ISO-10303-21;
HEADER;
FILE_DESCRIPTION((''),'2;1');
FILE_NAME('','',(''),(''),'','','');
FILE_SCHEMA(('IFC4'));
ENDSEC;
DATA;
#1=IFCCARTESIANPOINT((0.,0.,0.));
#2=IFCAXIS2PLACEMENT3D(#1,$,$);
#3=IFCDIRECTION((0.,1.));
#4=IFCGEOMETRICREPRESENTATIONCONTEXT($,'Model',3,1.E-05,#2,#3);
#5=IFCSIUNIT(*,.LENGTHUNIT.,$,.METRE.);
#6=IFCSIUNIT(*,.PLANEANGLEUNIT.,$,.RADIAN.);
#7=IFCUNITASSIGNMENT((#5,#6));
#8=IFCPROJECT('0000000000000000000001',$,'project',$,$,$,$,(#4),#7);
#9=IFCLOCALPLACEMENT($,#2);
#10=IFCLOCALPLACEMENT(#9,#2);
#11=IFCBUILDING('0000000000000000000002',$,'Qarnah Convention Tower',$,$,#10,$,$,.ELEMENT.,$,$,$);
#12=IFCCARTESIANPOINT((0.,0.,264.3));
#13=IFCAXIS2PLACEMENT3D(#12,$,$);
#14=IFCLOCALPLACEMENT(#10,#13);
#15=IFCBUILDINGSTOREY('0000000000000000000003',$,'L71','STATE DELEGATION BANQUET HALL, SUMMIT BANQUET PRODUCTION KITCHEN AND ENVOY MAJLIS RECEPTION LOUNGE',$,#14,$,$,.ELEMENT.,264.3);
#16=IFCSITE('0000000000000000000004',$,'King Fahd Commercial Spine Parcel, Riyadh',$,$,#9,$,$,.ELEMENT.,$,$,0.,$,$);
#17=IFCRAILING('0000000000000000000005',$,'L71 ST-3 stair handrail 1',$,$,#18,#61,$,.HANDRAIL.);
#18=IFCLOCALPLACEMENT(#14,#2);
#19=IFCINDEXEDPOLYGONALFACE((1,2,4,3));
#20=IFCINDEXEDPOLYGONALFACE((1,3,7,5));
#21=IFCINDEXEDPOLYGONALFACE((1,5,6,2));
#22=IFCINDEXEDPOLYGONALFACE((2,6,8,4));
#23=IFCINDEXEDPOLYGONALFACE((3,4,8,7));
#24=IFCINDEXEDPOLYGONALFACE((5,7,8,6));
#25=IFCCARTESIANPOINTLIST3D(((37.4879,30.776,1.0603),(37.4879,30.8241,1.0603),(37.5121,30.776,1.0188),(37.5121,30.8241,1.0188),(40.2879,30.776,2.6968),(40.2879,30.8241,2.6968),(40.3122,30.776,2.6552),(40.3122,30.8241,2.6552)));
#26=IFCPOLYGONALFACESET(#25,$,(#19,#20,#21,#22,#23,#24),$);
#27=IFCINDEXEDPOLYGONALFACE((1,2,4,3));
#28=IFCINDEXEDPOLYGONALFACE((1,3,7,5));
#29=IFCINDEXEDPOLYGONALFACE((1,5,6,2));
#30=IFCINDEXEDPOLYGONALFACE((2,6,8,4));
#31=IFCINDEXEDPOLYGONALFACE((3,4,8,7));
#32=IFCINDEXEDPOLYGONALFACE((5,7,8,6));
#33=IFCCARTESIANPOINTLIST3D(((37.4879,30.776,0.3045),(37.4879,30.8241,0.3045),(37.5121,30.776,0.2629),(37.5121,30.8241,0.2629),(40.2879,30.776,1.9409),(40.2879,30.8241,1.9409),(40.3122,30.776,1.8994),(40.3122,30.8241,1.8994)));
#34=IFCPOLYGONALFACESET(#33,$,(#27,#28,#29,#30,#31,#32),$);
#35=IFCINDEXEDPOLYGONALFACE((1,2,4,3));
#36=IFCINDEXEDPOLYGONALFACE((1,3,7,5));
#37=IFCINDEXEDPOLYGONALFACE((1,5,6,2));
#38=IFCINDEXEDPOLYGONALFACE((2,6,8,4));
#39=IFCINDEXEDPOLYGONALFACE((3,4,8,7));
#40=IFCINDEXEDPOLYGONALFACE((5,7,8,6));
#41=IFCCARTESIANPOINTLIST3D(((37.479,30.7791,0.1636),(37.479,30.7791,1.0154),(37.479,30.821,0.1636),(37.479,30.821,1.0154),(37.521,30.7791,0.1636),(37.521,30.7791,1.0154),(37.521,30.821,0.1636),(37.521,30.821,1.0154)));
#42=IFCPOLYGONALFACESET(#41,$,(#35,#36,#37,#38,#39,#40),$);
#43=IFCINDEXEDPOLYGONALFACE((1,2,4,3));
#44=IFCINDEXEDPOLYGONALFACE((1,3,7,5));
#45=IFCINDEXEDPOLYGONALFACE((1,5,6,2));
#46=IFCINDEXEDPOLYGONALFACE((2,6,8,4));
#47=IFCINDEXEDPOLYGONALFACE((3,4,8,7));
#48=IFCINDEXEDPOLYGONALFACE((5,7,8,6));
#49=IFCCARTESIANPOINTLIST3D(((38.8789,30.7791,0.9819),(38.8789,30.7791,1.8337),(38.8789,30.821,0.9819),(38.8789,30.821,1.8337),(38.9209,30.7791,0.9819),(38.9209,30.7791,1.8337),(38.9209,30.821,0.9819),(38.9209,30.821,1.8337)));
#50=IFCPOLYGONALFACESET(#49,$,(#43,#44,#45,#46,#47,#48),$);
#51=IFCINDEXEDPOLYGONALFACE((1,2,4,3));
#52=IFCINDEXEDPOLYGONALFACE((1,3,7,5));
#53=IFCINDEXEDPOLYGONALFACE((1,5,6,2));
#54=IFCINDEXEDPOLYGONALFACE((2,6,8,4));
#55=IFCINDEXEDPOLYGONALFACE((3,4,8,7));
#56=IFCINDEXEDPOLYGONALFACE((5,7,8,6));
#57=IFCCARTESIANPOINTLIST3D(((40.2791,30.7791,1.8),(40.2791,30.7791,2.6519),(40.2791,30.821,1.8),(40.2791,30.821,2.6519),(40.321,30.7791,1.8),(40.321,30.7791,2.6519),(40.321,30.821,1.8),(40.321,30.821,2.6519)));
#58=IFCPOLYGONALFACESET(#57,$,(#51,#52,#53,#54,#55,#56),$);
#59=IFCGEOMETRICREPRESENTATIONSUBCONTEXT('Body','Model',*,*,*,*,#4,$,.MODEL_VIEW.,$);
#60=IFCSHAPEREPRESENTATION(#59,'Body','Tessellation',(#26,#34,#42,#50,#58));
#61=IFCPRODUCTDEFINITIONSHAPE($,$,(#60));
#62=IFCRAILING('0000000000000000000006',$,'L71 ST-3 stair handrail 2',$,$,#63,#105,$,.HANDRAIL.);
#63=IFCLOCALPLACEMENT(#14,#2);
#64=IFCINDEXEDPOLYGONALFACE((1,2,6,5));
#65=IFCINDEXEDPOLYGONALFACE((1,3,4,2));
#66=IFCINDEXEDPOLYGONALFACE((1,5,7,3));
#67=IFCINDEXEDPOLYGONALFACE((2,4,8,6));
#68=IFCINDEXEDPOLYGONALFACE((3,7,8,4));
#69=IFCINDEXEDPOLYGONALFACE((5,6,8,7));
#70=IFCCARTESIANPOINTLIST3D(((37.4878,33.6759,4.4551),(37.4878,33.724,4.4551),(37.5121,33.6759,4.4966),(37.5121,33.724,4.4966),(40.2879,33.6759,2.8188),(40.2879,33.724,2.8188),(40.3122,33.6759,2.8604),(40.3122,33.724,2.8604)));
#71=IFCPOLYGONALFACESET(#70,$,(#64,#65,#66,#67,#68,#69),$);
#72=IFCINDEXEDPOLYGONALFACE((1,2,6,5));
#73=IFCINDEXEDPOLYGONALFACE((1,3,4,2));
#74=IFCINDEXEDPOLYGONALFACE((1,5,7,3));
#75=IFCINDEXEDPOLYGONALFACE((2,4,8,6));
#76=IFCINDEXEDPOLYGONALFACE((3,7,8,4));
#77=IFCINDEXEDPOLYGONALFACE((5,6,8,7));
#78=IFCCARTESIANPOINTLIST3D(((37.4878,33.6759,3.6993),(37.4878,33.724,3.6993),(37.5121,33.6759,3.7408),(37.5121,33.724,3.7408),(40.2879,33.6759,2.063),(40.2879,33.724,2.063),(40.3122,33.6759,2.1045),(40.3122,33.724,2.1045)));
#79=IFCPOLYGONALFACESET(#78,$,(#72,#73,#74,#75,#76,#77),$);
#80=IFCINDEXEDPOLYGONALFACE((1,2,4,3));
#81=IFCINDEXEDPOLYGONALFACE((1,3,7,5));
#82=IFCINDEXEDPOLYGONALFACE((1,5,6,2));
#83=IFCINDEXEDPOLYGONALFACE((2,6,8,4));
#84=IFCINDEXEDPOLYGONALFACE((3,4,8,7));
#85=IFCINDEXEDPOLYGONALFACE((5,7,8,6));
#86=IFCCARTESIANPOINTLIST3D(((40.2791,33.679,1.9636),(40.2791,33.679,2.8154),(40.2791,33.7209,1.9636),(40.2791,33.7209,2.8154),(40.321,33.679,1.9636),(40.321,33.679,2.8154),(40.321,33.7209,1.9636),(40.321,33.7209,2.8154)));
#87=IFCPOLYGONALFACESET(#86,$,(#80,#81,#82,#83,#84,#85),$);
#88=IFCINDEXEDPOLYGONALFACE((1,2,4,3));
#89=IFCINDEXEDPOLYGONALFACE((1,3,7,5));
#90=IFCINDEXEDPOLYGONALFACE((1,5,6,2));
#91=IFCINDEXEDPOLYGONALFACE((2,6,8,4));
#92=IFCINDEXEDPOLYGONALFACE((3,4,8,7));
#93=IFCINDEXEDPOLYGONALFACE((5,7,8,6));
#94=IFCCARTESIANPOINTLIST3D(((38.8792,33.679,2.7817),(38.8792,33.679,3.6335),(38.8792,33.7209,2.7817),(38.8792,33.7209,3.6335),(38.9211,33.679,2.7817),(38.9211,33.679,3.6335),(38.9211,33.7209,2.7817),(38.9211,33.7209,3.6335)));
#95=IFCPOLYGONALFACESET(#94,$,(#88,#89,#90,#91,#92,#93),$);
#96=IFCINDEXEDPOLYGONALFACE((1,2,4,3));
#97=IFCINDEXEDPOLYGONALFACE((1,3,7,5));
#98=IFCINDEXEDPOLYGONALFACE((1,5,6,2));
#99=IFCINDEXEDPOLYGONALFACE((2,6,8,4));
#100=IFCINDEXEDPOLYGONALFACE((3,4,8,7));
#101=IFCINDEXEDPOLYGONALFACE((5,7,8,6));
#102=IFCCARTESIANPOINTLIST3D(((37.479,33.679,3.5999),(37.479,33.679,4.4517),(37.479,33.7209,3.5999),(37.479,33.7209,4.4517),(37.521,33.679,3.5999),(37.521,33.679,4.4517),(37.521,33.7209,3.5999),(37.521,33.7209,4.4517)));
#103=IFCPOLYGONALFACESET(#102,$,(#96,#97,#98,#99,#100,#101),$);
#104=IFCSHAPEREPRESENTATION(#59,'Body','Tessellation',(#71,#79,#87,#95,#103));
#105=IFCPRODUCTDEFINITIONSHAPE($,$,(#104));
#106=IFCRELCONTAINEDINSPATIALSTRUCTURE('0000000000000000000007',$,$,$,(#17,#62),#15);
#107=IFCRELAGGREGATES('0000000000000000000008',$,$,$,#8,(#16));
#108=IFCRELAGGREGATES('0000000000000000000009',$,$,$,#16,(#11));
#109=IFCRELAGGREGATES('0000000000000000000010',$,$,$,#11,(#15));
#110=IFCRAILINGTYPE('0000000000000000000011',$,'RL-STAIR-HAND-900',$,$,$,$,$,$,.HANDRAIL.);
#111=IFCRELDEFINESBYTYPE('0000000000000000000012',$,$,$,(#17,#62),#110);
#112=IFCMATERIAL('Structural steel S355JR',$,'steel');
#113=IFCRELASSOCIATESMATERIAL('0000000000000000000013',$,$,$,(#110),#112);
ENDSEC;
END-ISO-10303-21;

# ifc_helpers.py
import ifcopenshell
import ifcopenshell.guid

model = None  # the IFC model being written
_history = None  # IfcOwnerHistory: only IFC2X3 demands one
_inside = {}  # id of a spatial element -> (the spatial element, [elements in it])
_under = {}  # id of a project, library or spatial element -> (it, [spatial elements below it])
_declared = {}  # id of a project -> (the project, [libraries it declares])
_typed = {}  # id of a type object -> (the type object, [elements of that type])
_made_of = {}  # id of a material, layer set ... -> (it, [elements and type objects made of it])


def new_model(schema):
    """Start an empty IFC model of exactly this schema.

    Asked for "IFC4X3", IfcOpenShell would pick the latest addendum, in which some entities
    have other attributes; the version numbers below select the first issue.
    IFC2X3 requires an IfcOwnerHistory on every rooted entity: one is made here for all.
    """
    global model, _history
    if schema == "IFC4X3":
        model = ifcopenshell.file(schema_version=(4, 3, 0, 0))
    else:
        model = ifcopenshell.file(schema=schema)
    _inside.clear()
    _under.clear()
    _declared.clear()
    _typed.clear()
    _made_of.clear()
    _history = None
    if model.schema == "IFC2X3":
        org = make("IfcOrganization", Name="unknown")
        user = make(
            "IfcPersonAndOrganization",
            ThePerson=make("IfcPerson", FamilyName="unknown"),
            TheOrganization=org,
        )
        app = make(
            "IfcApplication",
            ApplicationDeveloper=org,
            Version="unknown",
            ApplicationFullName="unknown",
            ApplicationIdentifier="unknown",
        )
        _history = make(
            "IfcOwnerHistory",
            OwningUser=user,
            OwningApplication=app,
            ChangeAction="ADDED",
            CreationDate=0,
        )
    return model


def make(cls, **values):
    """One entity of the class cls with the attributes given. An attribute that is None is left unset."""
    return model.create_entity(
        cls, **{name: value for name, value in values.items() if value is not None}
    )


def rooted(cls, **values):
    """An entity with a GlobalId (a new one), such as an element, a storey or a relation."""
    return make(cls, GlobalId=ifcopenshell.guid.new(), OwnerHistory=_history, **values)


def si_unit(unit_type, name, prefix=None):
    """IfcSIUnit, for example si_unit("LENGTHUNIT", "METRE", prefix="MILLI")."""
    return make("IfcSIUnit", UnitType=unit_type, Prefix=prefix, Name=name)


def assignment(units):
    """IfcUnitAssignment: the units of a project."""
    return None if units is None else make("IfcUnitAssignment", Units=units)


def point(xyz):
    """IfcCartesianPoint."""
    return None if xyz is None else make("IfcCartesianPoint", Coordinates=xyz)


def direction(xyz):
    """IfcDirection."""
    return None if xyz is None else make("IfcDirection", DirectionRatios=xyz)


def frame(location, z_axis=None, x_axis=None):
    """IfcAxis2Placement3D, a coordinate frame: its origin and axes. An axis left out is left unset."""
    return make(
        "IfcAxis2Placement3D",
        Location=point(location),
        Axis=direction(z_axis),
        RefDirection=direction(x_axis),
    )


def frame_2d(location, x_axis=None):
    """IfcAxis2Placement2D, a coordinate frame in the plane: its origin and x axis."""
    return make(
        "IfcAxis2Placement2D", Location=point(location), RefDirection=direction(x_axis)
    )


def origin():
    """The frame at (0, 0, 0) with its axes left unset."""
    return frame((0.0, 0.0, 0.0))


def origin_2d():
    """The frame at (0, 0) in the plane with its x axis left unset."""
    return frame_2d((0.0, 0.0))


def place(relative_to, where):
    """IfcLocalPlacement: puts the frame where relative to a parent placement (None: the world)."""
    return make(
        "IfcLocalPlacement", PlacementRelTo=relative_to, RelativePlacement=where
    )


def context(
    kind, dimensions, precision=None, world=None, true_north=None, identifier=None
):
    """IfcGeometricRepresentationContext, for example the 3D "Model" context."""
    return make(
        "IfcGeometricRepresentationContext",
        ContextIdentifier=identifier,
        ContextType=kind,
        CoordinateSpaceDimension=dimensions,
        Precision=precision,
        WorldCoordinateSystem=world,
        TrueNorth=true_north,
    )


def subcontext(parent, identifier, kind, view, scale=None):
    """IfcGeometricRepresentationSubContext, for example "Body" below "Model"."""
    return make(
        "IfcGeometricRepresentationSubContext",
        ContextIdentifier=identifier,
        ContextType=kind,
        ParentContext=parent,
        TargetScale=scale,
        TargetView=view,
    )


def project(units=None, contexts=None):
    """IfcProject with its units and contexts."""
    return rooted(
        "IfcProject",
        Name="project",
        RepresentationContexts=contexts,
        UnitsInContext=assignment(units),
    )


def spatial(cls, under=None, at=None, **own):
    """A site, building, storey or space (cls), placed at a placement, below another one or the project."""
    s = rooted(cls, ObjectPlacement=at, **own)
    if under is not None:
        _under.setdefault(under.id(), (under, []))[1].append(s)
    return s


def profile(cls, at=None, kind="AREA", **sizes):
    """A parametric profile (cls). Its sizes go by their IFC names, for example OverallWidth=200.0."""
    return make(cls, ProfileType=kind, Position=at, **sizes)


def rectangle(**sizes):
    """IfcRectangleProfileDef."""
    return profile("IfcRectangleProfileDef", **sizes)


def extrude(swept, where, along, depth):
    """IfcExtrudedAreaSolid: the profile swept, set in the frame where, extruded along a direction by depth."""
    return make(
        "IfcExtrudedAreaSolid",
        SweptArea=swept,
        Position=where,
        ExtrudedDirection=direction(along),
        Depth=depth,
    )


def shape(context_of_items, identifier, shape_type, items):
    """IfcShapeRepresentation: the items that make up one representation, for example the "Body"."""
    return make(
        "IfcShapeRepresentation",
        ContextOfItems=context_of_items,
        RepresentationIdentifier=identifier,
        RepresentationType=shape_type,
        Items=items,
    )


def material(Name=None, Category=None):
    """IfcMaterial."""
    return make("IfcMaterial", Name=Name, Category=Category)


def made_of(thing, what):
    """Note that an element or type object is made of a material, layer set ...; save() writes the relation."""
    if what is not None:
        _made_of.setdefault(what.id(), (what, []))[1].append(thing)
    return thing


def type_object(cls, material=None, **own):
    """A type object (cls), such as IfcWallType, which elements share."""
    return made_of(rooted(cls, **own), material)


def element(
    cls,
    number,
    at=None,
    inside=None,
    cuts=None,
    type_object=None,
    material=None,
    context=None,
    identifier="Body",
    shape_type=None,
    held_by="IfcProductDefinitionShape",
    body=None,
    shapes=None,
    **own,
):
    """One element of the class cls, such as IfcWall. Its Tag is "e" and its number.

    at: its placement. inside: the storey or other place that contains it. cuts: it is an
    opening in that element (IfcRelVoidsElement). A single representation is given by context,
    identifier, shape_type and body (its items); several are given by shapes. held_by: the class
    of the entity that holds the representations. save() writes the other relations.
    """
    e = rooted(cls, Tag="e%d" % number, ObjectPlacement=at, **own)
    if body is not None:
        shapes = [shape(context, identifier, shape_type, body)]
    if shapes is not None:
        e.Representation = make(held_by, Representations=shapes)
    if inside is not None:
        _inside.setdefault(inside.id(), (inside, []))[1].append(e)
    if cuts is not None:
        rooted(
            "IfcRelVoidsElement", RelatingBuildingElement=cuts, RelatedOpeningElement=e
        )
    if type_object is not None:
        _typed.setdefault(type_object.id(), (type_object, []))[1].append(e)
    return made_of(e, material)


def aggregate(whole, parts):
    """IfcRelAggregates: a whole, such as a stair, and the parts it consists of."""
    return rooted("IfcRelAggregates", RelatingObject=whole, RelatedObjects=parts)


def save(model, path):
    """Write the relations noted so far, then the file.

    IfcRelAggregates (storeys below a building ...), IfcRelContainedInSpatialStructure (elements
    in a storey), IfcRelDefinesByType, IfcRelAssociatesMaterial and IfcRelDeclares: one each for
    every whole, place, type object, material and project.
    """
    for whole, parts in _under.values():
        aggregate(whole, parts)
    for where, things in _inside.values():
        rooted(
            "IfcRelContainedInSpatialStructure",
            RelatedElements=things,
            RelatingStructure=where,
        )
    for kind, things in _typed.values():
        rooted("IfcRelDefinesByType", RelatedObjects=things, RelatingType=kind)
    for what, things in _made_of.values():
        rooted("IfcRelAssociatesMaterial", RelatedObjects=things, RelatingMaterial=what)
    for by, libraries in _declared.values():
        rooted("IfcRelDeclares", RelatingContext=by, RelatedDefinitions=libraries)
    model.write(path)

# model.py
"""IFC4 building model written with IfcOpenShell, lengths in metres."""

from ifc_helpers import new_model, si_unit, direction, frame, origin, origin_2d, place, context, subcontext, project, spatial, rectangle, extrude, material, type_object, element, save


model = new_model("IFC4")

# Units and contexts
model_context = context("Model", 3, precision=1e-05, world=origin(), true_north=direction((0.0, 1.0)))
body_context = subcontext(model_context, "Body", "Model", "MODEL_VIEW")
ifc_project = project(units=[si_unit("LENGTHUNIT", "METRE"), si_unit("PLANEANGLEUNIT", "RADIAN")], contexts=[model_context])

# Site, building, storey
site_placement = place(None, origin())
site = spatial("IfcSite", under=ifc_project, at=site_placement, Name="King Fahd Commercial Spine Parcel, Riyadh", CompositionType="ELEMENT", RefElevation=0.0)
building_placement = place(site_placement, origin())
building = spatial("IfcBuilding", under=site, at=building_placement, Name="Qarnah Convention Tower", CompositionType="ELEMENT")
storey_placement = place(building_placement, frame((0.0, 0.0, 264.3)))
storey = spatial("IfcBuildingStorey", under=building, at=storey_placement, Name="L71", Description="STATE DELEGATION BANQUET HALL, SUMMIT BANQUET PRODUCTION KITCHEN AND ENVOY MAJLIS RECEPTION LOUNGE", CompositionType="ELEMENT", Elevation=264.3)

# Shared definitions
ifc_material_1 = material(Name="Structural steel S355JR", Category="steel")

# Railings
railing_type_1 = type_object("IfcRailingType", Name="RL-STAIR-HAND-900", PredefinedType="HANDRAIL", material=ifc_material_1)
railing_1_placement = place(storey_placement, frame((37.5, 30.8, 0.1636)))
element("IfcRailing", 1, at=railing_1_placement, inside=storey, type_object=railing_type_1, Name="L71 ST-3 stair handrail 1", PredefinedType="HANDRAIL", context=body_context, shape_type="SweptSolid", body=[
    extrude(rectangle(XDim=0.0481, YDim=0.0481, at=origin_2d()), frame((0.0, 0.0, 0.876), z_axis=(0.863361, 0.0, 0.504587), x_axis=(0.0, 1.0, 0.0)), (0.0, 0.0, 1.0), 3.2432),
    extrude(rectangle(XDim=0.0481, YDim=0.0481, at=origin_2d()), frame((0.0, 0.0, 0.1201), z_axis=(0.863361, 0.0, 0.504587), x_axis=(0.0, 1.0, 0.0)), (0.0, 0.0, 1.0), 3.2432),
    extrude(rectangle(XDim=0.042, YDim=0.042, at=origin_2d()), origin(), (0.0, 0.0, 1.0), 0.8518),
    extrude(rectangle(XDim=0.042, YDim=0.042, at=origin_2d()), frame((1.3999, 0.0, 0.8184)), (0.0, 0.0, 1.0), 0.8518),
    extrude(rectangle(XDim=0.042, YDim=0.042, at=origin_2d()), frame((2.8, 0.0, 1.6365)), (0.0, 0.0, 1.0), 0.8518),
])
railing_2_placement = place(storey_placement, frame((40.3, 33.7, 1.9636)))
element("IfcRailing", 2, at=railing_2_placement, inside=storey, type_object=railing_type_1, Name="L71 ST-3 stair handrail 2", PredefinedType="HANDRAIL", context=body_context, shape_type="SweptSolid", body=[
    extrude(rectangle(XDim=0.0481, YDim=0.0481, at=origin_2d()), frame((0.0, 0.0, 0.876), z_axis=(-0.863394, 0.0, 0.504531), x_axis=(0.0, -1.0, 0.0)), (0.0, 0.0, 1.0), 3.2432),
    extrude(rectangle(XDim=0.0481, YDim=0.0481, at=origin_2d()), frame((0.0, 0.0, 0.1201), z_axis=(-0.863394, 0.0, 0.504531), x_axis=(0.0, -1.0, 0.0)), (0.0, 0.0, 1.0), 3.2432),
    extrude(rectangle(XDim=0.042, YDim=0.042, at=origin_2d()), origin(), (0.0, 0.0, 1.0), 0.8518),
    extrude(rectangle(XDim=0.042, YDim=0.042, at=origin_2d()), frame((-1.3999, 0.0, 0.8181)), (0.0, 0.0, 1.0), 0.8518),
    extrude(rectangle(XDim=0.042, YDim=0.042, at=origin_2d()), frame((-2.8, 0.0, 1.6362)), (0.0, 0.0, 1.0), 0.8518),
])

save(model, "model.ifc")
